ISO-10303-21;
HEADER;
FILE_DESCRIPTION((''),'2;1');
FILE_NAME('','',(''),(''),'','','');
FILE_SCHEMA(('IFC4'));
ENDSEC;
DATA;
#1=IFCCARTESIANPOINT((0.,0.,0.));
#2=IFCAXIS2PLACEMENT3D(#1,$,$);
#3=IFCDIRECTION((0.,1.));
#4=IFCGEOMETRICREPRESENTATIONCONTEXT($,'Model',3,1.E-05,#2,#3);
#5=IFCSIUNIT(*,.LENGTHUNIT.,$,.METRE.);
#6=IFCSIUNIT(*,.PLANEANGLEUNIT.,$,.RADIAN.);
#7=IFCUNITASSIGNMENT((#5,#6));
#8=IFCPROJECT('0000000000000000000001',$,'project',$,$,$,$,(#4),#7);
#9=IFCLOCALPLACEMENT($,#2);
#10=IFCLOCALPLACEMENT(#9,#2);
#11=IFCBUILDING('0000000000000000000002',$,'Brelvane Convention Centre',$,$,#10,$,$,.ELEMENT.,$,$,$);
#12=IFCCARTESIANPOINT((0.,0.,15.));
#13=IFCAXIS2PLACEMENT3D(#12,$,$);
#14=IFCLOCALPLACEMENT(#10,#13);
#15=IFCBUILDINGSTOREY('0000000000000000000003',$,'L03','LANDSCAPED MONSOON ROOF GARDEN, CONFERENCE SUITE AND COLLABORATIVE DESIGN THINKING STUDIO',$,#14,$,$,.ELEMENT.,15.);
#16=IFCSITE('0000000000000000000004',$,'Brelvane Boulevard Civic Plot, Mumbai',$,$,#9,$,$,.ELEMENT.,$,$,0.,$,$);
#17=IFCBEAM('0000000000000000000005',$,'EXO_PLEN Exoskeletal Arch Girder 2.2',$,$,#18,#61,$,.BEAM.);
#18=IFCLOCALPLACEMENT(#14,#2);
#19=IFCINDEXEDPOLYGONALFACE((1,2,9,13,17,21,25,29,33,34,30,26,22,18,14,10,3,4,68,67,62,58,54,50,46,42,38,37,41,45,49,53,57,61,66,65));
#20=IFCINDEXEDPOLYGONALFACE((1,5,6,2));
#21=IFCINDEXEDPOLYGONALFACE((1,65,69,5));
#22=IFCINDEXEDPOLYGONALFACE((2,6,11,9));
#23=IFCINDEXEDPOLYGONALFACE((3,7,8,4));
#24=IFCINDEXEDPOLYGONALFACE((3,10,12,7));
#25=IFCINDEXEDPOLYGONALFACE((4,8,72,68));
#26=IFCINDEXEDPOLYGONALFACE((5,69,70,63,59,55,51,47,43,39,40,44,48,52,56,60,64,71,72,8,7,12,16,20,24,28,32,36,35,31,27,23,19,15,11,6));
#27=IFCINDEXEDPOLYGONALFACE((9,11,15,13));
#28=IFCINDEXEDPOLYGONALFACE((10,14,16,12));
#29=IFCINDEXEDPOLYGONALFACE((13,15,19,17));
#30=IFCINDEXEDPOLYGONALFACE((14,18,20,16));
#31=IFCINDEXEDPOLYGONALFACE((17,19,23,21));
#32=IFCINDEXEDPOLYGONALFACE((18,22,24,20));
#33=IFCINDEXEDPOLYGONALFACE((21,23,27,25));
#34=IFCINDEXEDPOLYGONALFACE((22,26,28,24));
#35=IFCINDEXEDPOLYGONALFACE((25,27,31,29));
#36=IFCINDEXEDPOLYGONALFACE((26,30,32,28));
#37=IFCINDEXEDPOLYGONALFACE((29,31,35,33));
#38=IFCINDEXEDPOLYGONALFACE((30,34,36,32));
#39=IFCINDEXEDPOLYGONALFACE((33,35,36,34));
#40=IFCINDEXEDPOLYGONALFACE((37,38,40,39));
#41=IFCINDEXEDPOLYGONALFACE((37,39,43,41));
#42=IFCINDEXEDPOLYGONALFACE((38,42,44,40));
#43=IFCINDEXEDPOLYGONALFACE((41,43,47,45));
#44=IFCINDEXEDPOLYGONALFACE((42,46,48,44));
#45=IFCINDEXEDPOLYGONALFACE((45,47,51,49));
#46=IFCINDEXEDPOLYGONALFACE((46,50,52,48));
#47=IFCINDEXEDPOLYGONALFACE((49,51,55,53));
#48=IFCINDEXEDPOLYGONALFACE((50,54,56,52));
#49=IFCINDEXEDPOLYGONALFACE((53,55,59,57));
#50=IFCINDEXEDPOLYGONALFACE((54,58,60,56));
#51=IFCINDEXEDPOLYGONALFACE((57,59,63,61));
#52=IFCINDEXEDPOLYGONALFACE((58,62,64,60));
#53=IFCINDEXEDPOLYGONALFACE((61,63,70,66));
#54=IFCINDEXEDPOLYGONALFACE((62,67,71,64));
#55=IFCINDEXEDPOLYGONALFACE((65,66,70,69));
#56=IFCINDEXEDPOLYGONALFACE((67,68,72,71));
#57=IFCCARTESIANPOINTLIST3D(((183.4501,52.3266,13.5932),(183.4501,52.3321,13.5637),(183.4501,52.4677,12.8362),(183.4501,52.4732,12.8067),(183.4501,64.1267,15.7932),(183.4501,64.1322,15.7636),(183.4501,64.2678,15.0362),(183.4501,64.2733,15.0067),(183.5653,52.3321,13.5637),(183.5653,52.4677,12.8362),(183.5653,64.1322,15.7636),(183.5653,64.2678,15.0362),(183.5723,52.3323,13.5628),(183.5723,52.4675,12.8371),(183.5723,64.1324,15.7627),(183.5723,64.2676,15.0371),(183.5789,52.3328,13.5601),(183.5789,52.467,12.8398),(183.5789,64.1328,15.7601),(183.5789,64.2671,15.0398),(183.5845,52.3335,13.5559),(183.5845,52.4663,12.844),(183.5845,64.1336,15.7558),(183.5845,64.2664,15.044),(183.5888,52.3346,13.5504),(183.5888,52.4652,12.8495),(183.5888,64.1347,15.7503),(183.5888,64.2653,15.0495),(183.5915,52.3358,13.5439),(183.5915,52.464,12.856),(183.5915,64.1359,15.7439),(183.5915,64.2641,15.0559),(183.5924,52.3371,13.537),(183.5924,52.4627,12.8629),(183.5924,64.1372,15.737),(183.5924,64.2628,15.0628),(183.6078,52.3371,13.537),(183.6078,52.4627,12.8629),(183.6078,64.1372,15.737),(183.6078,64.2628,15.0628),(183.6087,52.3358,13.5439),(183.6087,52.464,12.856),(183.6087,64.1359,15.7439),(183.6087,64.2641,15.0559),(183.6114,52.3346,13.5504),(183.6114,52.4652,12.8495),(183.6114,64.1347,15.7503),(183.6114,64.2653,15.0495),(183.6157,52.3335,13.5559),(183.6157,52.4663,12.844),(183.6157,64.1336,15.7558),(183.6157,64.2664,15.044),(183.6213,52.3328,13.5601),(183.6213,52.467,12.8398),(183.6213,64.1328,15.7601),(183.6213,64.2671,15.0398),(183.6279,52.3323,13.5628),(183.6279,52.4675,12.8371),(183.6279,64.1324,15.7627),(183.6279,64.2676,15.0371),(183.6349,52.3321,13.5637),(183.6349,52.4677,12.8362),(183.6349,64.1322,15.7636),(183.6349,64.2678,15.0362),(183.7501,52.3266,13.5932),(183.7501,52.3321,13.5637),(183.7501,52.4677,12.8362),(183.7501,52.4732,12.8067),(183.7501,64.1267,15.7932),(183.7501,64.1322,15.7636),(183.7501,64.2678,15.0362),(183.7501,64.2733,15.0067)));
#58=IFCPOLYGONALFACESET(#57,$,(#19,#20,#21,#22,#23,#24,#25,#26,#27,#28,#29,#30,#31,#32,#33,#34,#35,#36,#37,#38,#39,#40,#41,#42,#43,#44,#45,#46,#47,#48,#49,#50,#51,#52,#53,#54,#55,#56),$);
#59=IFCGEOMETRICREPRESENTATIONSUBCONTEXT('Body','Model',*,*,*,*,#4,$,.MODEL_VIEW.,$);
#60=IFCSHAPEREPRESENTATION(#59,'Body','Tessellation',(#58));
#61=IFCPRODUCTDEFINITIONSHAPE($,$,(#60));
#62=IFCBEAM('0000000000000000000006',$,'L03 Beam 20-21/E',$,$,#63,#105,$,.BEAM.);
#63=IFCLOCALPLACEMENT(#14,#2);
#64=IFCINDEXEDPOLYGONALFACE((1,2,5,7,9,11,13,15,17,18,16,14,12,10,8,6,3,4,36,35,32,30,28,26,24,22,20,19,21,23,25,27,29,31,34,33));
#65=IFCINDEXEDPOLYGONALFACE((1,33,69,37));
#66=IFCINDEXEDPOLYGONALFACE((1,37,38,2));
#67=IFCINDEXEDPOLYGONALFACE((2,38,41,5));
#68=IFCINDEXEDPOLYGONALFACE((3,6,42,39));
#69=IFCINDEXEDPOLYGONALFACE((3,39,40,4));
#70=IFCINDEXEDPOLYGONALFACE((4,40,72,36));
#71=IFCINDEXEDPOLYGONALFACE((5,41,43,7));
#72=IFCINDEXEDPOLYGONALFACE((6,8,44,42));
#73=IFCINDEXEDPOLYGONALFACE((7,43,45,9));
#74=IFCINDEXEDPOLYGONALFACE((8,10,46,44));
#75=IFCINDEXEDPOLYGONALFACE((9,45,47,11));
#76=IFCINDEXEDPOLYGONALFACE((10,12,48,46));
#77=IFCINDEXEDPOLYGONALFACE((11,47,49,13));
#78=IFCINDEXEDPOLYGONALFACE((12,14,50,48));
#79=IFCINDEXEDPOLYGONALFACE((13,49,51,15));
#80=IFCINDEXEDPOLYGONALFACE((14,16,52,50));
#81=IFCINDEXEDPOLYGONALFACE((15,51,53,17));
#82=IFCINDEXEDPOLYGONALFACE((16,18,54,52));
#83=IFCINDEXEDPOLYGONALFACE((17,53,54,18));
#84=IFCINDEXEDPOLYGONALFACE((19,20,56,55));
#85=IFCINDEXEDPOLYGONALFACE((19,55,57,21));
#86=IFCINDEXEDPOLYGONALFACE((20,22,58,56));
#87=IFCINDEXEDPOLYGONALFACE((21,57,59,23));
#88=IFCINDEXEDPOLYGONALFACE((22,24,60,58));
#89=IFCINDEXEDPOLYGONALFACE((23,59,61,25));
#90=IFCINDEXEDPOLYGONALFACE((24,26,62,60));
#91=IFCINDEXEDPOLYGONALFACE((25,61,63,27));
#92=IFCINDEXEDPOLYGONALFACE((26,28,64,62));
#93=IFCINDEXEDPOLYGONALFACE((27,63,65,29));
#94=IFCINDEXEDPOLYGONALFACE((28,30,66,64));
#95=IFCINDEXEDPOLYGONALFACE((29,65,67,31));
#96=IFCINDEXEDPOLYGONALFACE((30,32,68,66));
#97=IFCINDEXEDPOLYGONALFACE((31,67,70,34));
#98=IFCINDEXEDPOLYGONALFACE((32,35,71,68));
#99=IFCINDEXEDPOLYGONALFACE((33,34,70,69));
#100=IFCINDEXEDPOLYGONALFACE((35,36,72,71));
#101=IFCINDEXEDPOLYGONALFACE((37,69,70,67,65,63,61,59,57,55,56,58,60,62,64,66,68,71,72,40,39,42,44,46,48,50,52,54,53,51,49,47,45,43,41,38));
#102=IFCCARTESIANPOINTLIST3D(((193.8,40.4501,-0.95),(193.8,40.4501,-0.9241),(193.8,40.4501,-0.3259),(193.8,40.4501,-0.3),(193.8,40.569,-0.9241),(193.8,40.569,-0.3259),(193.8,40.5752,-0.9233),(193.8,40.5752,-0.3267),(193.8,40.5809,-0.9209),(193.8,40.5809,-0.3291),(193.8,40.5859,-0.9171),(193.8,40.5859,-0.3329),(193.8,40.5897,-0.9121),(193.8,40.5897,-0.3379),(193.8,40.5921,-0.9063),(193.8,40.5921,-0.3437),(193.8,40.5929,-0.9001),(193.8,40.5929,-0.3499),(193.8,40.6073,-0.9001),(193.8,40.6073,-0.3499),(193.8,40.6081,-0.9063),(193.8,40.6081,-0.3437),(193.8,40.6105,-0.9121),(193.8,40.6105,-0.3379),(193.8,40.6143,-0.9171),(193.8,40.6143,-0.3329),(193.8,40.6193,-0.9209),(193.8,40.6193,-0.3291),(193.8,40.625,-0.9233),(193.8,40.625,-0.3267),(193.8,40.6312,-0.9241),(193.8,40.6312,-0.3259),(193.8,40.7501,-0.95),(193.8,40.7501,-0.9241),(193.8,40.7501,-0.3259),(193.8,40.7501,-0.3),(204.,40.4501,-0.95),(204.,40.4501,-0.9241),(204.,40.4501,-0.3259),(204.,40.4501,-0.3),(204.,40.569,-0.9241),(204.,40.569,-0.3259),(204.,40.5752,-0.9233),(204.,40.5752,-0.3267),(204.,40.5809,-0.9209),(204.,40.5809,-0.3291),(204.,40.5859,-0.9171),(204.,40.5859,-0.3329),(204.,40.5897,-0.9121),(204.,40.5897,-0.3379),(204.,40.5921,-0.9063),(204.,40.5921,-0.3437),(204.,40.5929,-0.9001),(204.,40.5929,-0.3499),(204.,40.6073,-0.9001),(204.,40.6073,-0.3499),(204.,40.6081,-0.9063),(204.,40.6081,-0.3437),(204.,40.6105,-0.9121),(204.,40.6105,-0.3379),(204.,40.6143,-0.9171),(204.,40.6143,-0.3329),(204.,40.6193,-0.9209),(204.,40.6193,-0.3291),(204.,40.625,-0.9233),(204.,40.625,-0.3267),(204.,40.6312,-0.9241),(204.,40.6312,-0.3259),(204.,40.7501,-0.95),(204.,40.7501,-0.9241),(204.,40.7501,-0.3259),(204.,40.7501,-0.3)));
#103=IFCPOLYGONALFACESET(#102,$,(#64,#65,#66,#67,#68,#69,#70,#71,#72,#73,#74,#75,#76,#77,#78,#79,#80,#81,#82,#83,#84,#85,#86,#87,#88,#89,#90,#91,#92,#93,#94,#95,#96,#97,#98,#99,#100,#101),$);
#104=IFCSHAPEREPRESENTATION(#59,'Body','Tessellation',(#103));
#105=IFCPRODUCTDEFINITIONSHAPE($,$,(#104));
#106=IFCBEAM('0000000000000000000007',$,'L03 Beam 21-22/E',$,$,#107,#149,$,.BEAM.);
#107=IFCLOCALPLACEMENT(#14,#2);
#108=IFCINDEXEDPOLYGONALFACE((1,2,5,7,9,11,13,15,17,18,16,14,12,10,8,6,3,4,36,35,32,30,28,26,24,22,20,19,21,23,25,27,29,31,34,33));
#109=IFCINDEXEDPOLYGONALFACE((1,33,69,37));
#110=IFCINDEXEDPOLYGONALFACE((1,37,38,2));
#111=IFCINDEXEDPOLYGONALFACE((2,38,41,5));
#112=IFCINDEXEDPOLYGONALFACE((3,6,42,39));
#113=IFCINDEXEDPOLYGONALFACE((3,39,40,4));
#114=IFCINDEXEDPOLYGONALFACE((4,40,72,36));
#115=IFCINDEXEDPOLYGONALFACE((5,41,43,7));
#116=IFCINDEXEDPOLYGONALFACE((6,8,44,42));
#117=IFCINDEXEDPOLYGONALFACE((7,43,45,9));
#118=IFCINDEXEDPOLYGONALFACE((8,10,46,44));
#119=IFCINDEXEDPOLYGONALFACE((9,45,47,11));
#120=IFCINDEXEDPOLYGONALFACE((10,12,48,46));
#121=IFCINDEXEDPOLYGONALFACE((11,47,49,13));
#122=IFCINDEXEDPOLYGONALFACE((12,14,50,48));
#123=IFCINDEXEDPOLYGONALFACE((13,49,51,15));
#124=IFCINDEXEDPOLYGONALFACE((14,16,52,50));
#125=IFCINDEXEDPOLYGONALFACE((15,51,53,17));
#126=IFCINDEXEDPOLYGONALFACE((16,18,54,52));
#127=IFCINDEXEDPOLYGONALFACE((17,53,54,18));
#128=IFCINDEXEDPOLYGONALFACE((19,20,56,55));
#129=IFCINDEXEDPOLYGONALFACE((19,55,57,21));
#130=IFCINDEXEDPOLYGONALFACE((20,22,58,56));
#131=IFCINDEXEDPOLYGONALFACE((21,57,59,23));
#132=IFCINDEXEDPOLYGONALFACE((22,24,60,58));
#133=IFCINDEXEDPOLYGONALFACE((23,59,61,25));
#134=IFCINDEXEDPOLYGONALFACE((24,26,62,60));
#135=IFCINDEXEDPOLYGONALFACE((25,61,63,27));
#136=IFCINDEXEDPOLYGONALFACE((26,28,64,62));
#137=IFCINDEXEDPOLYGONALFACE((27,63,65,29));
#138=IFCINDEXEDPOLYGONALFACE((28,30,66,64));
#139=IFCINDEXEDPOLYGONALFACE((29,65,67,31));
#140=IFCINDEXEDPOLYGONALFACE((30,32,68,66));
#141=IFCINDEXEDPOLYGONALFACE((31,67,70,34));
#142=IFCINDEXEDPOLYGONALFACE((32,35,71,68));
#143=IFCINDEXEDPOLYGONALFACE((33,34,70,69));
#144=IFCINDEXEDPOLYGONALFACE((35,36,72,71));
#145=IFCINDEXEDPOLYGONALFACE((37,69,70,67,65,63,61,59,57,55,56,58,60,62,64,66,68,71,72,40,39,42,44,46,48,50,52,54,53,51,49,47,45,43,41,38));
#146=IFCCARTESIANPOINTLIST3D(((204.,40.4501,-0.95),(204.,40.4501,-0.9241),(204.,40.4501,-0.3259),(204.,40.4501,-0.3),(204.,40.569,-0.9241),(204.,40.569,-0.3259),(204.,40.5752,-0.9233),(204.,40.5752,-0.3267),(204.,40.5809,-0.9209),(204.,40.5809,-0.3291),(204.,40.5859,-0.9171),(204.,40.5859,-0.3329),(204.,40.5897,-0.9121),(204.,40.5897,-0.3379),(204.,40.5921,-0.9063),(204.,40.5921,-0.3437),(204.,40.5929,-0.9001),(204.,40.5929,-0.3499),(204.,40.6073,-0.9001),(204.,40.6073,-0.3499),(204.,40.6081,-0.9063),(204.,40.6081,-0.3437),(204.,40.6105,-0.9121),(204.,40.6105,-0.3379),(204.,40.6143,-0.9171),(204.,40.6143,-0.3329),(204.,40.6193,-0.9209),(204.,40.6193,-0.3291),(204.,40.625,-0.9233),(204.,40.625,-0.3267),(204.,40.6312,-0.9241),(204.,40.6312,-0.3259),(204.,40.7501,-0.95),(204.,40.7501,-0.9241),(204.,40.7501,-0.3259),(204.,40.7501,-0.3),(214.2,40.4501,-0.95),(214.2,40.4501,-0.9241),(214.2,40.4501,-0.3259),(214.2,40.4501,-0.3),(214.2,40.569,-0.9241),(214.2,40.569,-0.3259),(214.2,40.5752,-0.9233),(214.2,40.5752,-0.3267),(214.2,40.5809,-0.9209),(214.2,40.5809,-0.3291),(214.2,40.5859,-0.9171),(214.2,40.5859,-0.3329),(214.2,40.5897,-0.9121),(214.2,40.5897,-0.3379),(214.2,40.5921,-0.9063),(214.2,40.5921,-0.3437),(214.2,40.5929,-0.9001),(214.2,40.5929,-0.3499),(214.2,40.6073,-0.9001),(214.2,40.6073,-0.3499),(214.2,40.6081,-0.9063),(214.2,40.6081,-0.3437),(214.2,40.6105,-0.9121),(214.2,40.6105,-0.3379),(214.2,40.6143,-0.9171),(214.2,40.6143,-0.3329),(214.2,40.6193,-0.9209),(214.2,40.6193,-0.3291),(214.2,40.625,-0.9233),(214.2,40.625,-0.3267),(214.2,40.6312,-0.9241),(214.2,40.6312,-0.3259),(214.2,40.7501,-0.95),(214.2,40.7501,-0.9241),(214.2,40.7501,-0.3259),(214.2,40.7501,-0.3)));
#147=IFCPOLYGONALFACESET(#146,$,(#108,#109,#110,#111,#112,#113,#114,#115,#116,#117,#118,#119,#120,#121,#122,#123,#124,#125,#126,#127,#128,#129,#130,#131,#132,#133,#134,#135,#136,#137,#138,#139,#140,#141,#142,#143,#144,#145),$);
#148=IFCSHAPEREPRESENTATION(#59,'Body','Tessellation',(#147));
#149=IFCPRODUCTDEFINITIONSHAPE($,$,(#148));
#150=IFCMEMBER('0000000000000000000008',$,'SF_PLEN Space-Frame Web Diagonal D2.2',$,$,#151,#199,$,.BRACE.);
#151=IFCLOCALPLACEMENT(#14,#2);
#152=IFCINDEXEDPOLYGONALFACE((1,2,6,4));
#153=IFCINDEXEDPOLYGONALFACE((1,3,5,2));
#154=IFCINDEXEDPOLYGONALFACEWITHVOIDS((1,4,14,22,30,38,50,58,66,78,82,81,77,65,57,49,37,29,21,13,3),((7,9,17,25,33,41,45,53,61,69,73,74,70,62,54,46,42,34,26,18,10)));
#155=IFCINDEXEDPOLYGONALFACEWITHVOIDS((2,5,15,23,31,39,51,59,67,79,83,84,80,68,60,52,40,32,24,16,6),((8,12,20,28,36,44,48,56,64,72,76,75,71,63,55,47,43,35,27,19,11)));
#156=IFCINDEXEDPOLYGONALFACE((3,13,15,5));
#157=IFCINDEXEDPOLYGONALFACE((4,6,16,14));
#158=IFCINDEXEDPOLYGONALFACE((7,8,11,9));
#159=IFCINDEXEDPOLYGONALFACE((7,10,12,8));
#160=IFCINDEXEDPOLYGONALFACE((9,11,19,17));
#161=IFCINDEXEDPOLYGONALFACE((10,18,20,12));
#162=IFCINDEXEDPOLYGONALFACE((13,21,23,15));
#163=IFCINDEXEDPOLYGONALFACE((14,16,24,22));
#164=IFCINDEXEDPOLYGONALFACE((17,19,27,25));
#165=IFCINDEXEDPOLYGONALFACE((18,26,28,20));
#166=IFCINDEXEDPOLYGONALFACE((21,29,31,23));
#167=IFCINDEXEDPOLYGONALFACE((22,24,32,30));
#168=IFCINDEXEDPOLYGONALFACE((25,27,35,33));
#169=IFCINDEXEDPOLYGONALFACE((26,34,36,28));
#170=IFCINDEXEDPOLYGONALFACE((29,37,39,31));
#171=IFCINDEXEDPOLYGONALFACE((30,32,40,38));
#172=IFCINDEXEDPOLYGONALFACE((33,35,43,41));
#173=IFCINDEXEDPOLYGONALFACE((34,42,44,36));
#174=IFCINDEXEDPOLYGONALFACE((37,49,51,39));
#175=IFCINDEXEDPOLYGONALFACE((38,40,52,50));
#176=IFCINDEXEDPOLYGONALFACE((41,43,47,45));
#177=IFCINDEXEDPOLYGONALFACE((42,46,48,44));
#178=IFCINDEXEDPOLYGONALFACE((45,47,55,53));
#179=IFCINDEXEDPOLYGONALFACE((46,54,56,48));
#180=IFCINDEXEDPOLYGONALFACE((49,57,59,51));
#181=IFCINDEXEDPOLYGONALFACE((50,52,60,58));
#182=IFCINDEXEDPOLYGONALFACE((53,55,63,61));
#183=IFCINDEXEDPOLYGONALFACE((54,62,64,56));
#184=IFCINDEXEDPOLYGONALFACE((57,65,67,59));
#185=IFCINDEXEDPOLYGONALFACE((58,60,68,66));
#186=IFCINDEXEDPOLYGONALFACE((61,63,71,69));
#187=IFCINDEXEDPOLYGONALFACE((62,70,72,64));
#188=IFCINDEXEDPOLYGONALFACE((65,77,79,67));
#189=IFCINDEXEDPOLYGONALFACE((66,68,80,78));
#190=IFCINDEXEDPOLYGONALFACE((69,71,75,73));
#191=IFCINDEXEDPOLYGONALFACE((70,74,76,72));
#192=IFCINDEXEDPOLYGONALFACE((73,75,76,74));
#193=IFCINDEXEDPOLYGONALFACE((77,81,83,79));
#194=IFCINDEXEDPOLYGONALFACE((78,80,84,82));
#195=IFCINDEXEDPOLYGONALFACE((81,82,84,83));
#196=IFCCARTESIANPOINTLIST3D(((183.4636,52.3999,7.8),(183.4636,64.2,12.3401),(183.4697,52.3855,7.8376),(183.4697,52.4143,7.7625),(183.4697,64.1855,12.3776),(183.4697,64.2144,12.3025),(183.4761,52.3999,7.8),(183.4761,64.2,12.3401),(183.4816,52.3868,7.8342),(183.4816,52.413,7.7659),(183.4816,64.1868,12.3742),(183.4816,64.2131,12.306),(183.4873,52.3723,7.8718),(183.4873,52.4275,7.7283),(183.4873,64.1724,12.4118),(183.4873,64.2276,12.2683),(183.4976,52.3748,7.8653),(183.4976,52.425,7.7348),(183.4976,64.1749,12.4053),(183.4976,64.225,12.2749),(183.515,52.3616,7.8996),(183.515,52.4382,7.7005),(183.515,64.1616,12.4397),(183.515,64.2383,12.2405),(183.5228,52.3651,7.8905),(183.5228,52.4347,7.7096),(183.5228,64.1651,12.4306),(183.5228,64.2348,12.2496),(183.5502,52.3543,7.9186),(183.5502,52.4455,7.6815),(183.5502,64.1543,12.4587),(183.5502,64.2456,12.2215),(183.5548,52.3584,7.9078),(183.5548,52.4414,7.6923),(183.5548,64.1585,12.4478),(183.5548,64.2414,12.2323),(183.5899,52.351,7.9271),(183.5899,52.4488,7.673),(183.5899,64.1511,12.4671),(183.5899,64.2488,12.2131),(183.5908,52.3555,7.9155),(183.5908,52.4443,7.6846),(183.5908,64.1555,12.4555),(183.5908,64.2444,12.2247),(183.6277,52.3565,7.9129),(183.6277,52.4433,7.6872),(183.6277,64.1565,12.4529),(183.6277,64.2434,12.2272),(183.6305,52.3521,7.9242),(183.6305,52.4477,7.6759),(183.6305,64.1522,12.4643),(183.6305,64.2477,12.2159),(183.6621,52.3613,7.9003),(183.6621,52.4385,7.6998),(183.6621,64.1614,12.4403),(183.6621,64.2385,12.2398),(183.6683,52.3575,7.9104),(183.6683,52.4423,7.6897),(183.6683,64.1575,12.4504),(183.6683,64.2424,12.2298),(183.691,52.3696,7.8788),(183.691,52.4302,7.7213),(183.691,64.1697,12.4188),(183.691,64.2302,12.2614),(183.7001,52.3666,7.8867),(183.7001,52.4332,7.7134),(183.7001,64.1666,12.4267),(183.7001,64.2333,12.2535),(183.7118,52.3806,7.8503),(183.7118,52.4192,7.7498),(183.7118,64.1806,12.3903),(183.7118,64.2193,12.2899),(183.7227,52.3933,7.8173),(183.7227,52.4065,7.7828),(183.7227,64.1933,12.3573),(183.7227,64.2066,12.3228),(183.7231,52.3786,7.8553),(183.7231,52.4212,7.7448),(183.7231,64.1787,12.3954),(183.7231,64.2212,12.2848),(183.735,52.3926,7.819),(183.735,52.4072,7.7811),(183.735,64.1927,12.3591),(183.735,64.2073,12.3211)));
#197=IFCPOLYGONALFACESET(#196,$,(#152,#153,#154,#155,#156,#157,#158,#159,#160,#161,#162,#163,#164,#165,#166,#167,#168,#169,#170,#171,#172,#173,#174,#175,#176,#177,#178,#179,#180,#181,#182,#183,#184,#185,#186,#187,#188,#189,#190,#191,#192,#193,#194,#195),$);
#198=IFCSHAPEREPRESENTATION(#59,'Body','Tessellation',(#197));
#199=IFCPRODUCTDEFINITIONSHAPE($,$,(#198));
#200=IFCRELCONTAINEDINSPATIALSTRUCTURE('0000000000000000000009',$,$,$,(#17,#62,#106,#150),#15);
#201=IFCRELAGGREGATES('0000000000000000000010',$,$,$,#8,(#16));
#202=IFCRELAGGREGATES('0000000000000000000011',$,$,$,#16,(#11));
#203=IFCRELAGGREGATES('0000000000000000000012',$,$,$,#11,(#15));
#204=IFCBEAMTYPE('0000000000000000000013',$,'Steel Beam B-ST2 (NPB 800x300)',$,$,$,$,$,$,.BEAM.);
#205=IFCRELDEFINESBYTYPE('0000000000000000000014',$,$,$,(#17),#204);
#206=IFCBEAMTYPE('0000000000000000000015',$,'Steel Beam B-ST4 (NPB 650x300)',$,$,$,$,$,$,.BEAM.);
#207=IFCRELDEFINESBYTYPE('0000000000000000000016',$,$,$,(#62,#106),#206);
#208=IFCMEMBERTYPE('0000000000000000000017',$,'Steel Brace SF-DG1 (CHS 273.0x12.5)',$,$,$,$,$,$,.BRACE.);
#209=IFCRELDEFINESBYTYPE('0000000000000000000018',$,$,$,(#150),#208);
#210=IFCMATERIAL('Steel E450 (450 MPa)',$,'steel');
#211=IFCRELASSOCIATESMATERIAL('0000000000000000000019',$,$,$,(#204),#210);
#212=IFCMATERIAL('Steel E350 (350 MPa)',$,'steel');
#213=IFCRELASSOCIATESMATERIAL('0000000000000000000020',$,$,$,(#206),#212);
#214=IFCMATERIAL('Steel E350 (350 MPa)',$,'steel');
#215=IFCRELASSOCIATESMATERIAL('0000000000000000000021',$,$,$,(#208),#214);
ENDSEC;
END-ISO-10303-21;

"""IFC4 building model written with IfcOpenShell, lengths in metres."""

from ifc_helpers import new_model, si_unit, direction, frame, origin, origin_2d, place, context, subcontext, project, spatial, hollow_circle, i_section, extrude, material, material_profile, profile_set, type_object, element, save


model = new_model("IFC4")

# Units and contexts
model_context = context("Model", 3, precision=1e-05, world=origin(), true_north=direction((0.0, 1.0)))
body_context = subcontext(model_context, "Body", "Model", "MODEL_VIEW")
ifc_project = project(units=[si_unit("LENGTHUNIT", "METRE"), si_unit("PLANEANGLEUNIT", "RADIAN")], contexts=[model_context])

# Site, building, storey
site_placement = place(None, origin())
site = spatial("IfcSite", under=ifc_project, at=site_placement, Name="Brelvane Boulevard Civic Plot, Mumbai", CompositionType="ELEMENT", RefElevation=0.0)
building_placement = place(site_placement, origin())
building = spatial("IfcBuilding", under=site, at=building_placement, Name="Brelvane Convention Centre", CompositionType="ELEMENT")
storey_placement = place(building_placement, frame((0.0, 0.0, 15.0)))
storey = spatial("IfcBuildingStorey", under=building, at=storey_placement, Name="L03", Description="LANDSCAPED MONSOON ROOF GARDEN, CONFERENCE SUITE AND COLLABORATIVE DESIGN THINKING STUDIO", CompositionType="ELEMENT", Elevation=15.0)

# Beams
ifc_material_1 = material(Name="Steel E450 (450 MPa)", Category="steel")
ifc_material_profile_1 = material_profile(ifc_material_1, i_section(OverallWidth=0.3, OverallDepth=0.8, WebThickness=0.0154, FlangeThickness=0.03, FilletRadius=0.0271, at=origin_2d()), Name="NPB 800x300")
ifc_profile_set_1 = profile_set([ifc_material_profile_1], Name="Steel E450 (450 MPa)")
beam_type_1 = type_object("IfcBeamType", Name="Steel Beam B-ST2 (NPB 800x300)", PredefinedType="BEAM", material=ifc_profile_set_1)
beam_1_placement = place(storey_placement, frame((183.6001, 52.3999, 13.2), z_axis=(0.0, 0.983061, 0.183278), x_axis=(-1.0, 0.0, 0.0)))
element("IfcBeam", 1, at=beam_1_placement, inside=storey, type_object=beam_type_1, Name="EXO_PLEN Exoskeletal Arch Girder 2.2", PredefinedType="BEAM", context=body_context, shape_type="SweptSolid", body=[
    extrude(i_section(OverallWidth=0.3, OverallDepth=0.8, WebThickness=0.0154, FlangeThickness=0.03, FilletRadius=0.0271, at=origin_2d()), origin(), (0.0, 0.0, 1.0), 12.0034),
])
ifc_material_2 = material(Name="Steel E350 (350 MPa)", Category="steel")
ifc_material_profile_2 = material_profile(ifc_material_2, i_section(OverallWidth=0.3, OverallDepth=0.6499, WebThickness=0.0144, FlangeThickness=0.0259, FilletRadius=0.0239, at=origin_2d()), Name="NPB 650x300")
ifc_profile_set_2 = profile_set([ifc_material_profile_2], Name="Steel E350 (350 MPa)")
beam_type_2 = type_object("IfcBeamType", Name="Steel Beam B-ST4 (NPB 650x300)", PredefinedType="BEAM", material=ifc_profile_set_2)
for number, where, z_axis, x_axis, name in (
    (2, (193.8, 40.6001, -0.625), (1.0, 0.0, 0.0), (0.0, 1.0, 0.0), "L03 Beam 20-21/E"),
    (3, (204.0, 40.6001, -0.625), (1.0, 0.0, 0.0), (0.0, 1.0, 0.0), "L03 Beam 21-22/E"),
):
    element("IfcBeam", number, at=place(storey_placement, frame(where, z_axis=z_axis, x_axis=x_axis)), inside=storey, type_object=beam_type_2, Name=name, PredefinedType="BEAM", context=body_context, shape_type="SweptSolid", body=[
        extrude(i_section(OverallWidth=0.3, OverallDepth=0.6499, WebThickness=0.0144, FlangeThickness=0.0259, FilletRadius=0.0239, at=origin_2d()), origin(), (0.0, 0.0, 1.0), 10.2),
    ])

# Member
ifc_material_3 = material(Name="Steel E350 (350 MPa)", Category="steel")
ifc_material_profile_3 = material_profile(ifc_material_3, hollow_circle(Radius=0.1365, WallThickness=0.0125, at=origin_2d()), Name="CHS 273.0x12.5")
ifc_profile_set_3 = profile_set([ifc_material_profile_3], Name="Steel E350 (350 MPa)")
member_type_1 = type_object("IfcMemberType", Name="Steel Brace SF-DG1 (CHS 273.0x12.5)", PredefinedType="BRACE", material=ifc_profile_set_3)
member_1_placement = place(storey_placement, frame((183.6001, 52.3999, 7.8), z_axis=(0.0, 0.933304, 0.359086), x_axis=(-1.0, 0.0, 0.0)))
element("IfcMember", 4, at=member_1_placement, inside=storey, type_object=member_type_1, Name="SF_PLEN Space-Frame Web Diagonal D2.2", PredefinedType="BRACE", context=body_context, shape_type="SweptSolid", body=[
    extrude(hollow_circle(Radius=0.1365, WallThickness=0.0125, at=origin_2d()), origin(), (0.0, 0.0, 1.0), 12.6433),
])

save(model, "model.ifc")
